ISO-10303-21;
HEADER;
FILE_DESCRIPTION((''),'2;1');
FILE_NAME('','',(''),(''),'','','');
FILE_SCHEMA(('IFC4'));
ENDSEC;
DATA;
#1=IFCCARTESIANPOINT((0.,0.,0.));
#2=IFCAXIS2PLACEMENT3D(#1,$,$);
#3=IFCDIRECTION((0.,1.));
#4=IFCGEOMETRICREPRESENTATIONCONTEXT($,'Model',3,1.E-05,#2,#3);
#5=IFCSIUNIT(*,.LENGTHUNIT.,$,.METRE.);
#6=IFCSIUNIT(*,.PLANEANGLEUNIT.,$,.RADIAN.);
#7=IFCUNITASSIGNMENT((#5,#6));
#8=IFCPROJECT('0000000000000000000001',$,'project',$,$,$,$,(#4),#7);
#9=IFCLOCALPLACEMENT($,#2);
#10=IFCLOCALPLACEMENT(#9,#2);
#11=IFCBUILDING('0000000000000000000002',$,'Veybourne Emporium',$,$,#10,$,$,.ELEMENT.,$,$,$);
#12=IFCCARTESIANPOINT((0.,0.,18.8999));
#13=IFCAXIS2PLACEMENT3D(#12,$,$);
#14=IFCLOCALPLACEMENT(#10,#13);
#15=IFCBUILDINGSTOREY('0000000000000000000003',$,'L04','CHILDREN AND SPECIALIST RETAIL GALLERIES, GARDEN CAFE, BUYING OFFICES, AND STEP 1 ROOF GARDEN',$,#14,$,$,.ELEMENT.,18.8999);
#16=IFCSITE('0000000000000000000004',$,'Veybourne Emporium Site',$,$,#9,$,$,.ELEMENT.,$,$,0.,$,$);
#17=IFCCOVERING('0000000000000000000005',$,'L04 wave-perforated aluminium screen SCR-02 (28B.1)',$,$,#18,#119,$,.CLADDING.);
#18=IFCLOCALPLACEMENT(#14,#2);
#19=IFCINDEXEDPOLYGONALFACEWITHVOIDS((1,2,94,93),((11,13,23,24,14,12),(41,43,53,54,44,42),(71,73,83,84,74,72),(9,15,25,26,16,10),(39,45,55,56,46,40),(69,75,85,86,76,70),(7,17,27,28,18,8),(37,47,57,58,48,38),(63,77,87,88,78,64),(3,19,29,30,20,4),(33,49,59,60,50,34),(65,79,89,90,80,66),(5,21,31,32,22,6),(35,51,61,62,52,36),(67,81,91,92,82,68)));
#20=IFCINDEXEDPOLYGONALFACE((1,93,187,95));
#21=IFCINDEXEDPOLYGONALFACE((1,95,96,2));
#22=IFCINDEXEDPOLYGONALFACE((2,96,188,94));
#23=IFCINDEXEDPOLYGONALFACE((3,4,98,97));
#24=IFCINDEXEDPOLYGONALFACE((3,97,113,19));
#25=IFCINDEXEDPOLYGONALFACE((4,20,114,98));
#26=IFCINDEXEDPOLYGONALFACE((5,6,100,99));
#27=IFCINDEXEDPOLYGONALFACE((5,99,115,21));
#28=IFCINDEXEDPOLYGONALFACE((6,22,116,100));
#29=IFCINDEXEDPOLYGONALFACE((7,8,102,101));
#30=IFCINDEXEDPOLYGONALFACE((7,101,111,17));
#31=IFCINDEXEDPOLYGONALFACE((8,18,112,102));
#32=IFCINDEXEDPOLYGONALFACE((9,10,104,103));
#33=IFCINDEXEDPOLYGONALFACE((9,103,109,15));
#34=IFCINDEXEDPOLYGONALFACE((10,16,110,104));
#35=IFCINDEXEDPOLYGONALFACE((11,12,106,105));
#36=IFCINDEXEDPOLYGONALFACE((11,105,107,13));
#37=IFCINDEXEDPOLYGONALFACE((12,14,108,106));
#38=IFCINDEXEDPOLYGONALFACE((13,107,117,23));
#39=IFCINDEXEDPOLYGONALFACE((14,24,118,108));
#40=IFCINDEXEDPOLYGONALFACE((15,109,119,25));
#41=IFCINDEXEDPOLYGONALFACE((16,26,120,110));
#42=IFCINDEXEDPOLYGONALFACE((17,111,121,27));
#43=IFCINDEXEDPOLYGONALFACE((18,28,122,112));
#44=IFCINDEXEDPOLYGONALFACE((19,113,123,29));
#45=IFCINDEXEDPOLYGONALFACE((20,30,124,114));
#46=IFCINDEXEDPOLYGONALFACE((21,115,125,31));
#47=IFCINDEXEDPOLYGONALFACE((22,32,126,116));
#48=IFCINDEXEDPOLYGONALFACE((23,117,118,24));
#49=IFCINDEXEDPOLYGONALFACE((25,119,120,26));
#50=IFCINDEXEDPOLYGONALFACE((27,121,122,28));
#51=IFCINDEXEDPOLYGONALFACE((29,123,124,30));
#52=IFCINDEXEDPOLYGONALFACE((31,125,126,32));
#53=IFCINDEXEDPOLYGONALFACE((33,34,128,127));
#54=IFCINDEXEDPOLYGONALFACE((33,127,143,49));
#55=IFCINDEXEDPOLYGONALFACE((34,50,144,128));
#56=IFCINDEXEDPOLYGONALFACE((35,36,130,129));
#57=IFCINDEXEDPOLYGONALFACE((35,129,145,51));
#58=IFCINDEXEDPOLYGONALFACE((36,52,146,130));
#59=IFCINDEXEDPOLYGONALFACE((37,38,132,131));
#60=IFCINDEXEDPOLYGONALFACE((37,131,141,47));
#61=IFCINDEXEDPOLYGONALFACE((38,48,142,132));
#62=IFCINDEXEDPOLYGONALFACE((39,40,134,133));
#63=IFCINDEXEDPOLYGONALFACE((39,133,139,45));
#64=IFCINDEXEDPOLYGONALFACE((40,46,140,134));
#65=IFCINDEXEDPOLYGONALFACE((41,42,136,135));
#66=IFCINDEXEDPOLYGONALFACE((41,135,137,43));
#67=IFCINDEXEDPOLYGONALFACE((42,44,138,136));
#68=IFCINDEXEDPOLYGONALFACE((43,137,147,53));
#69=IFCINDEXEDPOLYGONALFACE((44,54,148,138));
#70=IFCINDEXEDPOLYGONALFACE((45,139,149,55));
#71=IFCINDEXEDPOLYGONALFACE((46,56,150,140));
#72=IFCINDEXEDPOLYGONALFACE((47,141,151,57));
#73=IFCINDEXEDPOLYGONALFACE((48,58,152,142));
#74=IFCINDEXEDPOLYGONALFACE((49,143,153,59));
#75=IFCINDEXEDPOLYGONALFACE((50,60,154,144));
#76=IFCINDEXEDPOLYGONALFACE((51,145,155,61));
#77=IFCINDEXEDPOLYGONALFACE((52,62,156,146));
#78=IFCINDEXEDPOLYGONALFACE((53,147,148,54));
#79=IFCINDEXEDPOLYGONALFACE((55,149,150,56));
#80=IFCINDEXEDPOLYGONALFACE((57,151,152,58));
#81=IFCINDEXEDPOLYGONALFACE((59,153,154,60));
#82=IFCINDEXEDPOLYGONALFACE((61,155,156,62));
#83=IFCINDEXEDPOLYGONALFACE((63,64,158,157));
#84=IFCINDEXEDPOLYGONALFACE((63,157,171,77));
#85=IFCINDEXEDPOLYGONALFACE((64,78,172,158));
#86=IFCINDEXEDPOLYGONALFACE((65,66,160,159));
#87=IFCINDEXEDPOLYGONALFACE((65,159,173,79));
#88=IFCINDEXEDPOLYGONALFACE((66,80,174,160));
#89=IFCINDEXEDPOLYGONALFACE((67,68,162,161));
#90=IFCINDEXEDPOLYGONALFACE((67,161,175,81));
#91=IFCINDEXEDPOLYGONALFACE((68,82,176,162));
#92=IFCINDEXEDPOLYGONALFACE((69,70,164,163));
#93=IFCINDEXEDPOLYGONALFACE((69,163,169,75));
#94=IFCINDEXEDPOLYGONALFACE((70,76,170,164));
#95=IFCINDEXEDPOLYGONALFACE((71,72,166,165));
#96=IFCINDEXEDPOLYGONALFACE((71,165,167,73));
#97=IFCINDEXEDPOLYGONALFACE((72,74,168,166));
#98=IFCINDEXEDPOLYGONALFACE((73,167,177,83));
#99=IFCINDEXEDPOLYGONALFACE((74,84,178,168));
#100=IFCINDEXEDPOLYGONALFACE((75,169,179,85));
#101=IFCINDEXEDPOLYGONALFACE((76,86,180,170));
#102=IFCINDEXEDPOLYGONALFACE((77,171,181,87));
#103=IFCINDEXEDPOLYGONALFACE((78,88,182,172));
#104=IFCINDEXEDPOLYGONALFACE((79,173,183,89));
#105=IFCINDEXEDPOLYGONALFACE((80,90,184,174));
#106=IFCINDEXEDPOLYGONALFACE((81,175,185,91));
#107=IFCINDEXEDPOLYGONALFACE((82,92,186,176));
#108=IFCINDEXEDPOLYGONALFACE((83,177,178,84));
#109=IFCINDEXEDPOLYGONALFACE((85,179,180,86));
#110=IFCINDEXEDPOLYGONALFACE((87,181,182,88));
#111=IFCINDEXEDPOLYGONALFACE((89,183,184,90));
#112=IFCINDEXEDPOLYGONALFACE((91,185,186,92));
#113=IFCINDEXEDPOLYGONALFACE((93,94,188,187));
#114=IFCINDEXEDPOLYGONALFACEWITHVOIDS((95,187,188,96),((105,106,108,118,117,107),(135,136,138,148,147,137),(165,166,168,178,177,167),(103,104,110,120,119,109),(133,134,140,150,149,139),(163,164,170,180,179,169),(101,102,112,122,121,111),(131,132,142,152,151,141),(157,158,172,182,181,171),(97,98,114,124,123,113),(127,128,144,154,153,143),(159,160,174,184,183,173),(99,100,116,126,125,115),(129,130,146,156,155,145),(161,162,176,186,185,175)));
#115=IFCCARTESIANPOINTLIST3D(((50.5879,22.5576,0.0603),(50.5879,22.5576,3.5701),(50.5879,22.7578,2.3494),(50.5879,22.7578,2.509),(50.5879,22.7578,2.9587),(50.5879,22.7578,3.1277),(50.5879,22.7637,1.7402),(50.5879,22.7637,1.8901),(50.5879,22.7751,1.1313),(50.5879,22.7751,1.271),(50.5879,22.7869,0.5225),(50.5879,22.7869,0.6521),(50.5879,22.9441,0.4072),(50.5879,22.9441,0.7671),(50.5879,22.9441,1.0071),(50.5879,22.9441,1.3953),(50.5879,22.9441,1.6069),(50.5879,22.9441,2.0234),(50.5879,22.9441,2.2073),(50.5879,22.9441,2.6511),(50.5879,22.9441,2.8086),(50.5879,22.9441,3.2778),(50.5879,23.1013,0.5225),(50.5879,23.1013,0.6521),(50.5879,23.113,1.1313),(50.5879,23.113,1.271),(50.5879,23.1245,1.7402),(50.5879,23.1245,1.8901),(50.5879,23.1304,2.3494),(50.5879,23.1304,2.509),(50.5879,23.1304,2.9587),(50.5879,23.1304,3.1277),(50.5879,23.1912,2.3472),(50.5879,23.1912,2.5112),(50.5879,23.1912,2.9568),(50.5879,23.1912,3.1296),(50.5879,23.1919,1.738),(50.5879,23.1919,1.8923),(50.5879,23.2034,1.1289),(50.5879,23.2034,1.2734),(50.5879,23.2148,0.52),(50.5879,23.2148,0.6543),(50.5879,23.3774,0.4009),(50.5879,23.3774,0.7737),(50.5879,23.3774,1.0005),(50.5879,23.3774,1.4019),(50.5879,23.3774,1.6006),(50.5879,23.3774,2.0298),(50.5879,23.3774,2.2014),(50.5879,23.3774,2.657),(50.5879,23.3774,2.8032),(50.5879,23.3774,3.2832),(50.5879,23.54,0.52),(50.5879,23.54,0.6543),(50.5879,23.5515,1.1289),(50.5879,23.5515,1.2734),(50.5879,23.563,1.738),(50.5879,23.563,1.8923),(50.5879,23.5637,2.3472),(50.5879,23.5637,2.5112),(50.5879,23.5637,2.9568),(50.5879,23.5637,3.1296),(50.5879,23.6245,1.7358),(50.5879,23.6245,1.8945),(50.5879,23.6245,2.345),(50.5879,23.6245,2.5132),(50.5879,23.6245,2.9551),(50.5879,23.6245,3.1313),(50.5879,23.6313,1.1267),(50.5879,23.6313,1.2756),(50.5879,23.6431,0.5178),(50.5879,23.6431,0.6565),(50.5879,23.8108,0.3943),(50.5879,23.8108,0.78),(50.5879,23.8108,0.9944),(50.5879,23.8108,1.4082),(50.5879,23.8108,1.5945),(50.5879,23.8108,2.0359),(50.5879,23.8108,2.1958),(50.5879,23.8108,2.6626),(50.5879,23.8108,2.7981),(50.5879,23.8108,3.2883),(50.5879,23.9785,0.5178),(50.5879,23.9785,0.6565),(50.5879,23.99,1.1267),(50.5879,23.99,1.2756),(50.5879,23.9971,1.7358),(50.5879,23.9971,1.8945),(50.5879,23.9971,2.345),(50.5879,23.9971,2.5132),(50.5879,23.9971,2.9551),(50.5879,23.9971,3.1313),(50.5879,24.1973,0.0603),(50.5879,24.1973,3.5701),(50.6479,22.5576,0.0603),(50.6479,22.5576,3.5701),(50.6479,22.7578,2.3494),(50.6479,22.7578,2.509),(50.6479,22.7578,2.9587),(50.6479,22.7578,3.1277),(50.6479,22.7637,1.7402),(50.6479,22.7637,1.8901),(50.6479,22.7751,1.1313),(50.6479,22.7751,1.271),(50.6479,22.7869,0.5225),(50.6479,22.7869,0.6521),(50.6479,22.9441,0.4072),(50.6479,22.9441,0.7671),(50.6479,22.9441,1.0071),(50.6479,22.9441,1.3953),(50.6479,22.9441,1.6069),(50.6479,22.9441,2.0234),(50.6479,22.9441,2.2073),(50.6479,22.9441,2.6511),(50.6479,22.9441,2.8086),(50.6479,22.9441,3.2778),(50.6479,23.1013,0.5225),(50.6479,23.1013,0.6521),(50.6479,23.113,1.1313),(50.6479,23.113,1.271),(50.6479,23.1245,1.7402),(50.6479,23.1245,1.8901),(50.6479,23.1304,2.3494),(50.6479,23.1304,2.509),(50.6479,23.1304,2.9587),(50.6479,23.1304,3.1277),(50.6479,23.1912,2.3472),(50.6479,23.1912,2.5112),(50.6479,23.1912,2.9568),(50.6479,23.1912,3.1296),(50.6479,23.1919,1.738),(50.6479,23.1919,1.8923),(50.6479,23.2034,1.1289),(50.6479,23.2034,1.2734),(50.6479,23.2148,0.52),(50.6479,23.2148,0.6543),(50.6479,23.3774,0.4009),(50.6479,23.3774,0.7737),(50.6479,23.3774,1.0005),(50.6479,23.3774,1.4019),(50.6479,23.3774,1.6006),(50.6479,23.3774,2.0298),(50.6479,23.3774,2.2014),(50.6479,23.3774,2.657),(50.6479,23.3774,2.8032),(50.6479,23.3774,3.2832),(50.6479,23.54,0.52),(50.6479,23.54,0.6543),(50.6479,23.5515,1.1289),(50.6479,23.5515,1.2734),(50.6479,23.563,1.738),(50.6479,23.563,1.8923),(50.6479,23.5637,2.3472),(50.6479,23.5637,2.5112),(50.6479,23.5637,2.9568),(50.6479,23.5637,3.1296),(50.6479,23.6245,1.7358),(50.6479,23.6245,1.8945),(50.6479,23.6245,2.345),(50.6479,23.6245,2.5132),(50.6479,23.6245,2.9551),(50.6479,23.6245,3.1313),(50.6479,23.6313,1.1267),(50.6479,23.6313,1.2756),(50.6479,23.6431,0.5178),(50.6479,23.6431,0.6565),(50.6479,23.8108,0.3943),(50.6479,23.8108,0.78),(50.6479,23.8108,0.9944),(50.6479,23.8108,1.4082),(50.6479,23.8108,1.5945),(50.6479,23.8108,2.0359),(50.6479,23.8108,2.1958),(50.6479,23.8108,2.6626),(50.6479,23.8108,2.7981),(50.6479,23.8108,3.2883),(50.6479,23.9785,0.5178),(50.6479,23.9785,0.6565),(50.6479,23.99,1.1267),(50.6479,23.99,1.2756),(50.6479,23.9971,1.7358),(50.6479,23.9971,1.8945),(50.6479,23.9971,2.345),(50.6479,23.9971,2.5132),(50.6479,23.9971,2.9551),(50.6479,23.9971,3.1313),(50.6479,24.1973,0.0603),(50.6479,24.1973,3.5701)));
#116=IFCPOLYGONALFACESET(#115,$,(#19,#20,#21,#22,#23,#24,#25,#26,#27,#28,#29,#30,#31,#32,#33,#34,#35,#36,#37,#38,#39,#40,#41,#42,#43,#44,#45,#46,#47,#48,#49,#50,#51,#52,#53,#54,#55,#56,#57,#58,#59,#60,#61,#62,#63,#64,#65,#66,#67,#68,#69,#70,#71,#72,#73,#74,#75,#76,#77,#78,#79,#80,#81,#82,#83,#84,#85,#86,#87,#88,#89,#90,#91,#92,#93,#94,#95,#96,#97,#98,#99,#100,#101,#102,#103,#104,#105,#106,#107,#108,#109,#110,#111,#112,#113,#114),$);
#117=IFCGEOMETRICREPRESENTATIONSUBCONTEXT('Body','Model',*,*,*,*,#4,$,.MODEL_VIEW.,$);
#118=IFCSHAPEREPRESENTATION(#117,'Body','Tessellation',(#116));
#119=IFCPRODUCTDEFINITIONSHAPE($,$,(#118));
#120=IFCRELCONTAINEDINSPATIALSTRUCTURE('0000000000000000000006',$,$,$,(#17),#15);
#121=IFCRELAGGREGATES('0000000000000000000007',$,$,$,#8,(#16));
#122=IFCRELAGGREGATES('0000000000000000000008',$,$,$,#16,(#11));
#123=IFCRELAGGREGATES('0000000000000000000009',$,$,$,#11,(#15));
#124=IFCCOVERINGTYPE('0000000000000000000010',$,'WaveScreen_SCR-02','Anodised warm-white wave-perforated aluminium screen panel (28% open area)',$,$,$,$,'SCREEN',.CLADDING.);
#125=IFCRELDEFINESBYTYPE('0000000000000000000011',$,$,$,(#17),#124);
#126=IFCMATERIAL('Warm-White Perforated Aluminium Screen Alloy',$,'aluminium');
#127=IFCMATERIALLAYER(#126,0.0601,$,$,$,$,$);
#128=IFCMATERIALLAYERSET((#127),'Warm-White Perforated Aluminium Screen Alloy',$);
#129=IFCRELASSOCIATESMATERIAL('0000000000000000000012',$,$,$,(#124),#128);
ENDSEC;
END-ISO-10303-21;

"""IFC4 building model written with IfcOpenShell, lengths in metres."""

from ifc_helpers import new_model, si_unit, direction, frame, origin, place, context, subcontext, project, spatial, polyline, outline, extrude, material, layer, layer_set, type_object, element, save


model = new_model("IFC4")

# Units and contexts
model_context = context("Model", 3, precision=1e-05, world=origin(), true_north=direction((0.0, 1.0)))
body_context = subcontext(model_context, "Body", "Model", "MODEL_VIEW")
ifc_project = project(units=[si_unit("LENGTHUNIT", "METRE"), si_unit("PLANEANGLEUNIT", "RADIAN")], contexts=[model_context])

# Site, building, storey
site_placement = place(None, origin())
site = spatial("IfcSite", under=ifc_project, at=site_placement, Name="Veybourne Emporium Site", CompositionType="ELEMENT", RefElevation=0.0)
building_placement = place(site_placement, origin())
building = spatial("IfcBuilding", under=site, at=building_placement, Name="Veybourne Emporium", CompositionType="ELEMENT")
storey_placement = place(building_placement, frame((0.0, 0.0, 18.8999)))
storey = spatial("IfcBuildingStorey", under=building, at=storey_placement, Name="L04", Description="CHILDREN AND SPECIALIST RETAIL GALLERIES, GARDEN CAFE, BUYING OFFICES, AND STEP 1 ROOF GARDEN", CompositionType="ELEMENT", Elevation=18.8999)

# Covering
ifc_material_1 = material(Name="Warm-White Perforated Aluminium Screen Alloy", Category="aluminium")
ifc_layer_1 = layer(ifc_material_1, 0.0601)
ifc_layer_set_1 = layer_set([ifc_layer_1], Name="Warm-White Perforated Aluminium Screen Alloy")
covering_type_1 = type_object("IfcCoveringType", Name="WaveScreen_SCR-02", Description="Anodised warm-white wave-perforated aluminium screen panel (28% open area)", ElementType="SCREEN", PredefinedType="CLADDING", material=ifc_layer_set_1)
covering_1_placement = place(storey_placement, frame((50.6479, 23.3774, 1.8152), z_axis=(-1.0, 0.0, 0.0), x_axis=(0.0, -1.0, 0.0)))
element("IfcCovering", 1, at=covering_1_placement, inside=storey, type_object=covering_type_1, Name="L04 wave-perforated aluminium screen SCR-02 (28B.1)", PredefinedType="CLADDING", context=body_context, shape_type="SweptSolid", body=[
    extrude(outline(polyline([(-0.8198, -1.7549), (0.8198, -1.7549), (0.8198, 1.7549), (-0.8198, 1.7549), (-0.8198, -1.7549)]), holes=[polyline([(-0.4333, -1.0352), (-0.2656, -1.1587), (-0.2656, -1.2974), (-0.4333, -1.4209), (-0.6011, -1.2974), (-0.6011, -1.1587), (-0.4333, -1.0352)]), polyline([(-0.4333, -0.407), (-0.2539, -0.5396), (-0.2539, -0.6885), (-0.4333, -0.8208), (-0.6125, -0.6885), (-0.6125, -0.5396), (-0.4333, -0.407)]), polyline([(-0.4333, 0.2207), (-0.2471, 0.0793), (-0.2471, -0.0793), (-0.4333, -0.2207), (-0.6196, -0.0793), (-0.6196, 0.0793), (-0.4333, 0.2207)]), polyline([(-0.4333, 0.8474), (-0.2471, 0.698), (-0.2471, 0.5298), (-0.4333, 0.3806), (-0.6196, 0.5298), (-0.6196, 0.698), (-0.4333, 0.8474)]), polyline([(-0.4333, 1.4731), (-0.2471, 1.3162), (-0.2471, 1.1399), (-0.4333, 0.9829), (-0.6196, 1.1399), (-0.6196, 1.3162), (-0.4333, 1.4731)]), polyline([(0.0, -1.0415), (0.1626, -1.1609), (0.1626, -1.2952), (0.0, -1.4143), (-0.1626, -1.2952), (-0.1626, -1.1609), (0.0, -1.0415)]), polyline([(0.0, -0.4133), (0.1741, -0.5417), (0.1741, -0.6863), (0.0, -0.8147), (-0.1741, -0.6863), (-0.1741, -0.5417), (0.0, -0.4133)]), polyline([(0.0, 0.2146), (0.1855, 0.0771), (0.1855, -0.0771), (0.0, -0.2146), (-0.1855, -0.0771), (-0.1855, 0.0771), (0.0, 0.2146)]), polyline([(0.0, 0.8418), (0.1863, 0.696), (0.1863, 0.532), (0.0, 0.3862), (-0.1863, 0.532), (-0.1863, 0.696), (0.0, 0.8418)]), polyline([(0.0, 1.468), (0.1863, 1.3145), (0.1863, 1.1416), (0.0, 0.988), (-0.1863, 1.1416), (-0.1863, 1.3145), (0.0, 1.468)]), polyline([(0.4333, -1.0481), (0.5906, -1.1631), (0.5906, -1.2927), (0.4333, -1.408), (0.2761, -1.2927), (0.2761, -1.1631), (0.4333, -1.0481)]), polyline([(0.4333, -0.4199), (0.6023, -0.5442), (0.6023, -0.6838), (0.4333, -0.8081), (0.2644, -0.6838), (0.2644, -0.5442), (0.4333, -0.4199)]), polyline([(0.4333, 0.2083), (0.6138, 0.075), (0.6138, -0.075), (0.4333, -0.2083), (0.2529, -0.075), (0.2529, 0.075), (0.4333, 0.2083)]), polyline([(0.4333, 0.8359), (0.6196, 0.6938), (0.6196, 0.5342), (0.4333, 0.3921), (0.2471, 0.5342), (0.2471, 0.6938), (0.4333, 0.8359)]), polyline([(0.4333, 1.4626), (0.6196, 1.3125), (0.6196, 1.1436), (0.4333, 0.9934), (0.2471, 1.1436), (0.2471, 1.3125), (0.4333, 1.4626)])]), origin(), (0.0, 0.0, 1.0), 0.0601),
])

save(model, "model.ifc")
